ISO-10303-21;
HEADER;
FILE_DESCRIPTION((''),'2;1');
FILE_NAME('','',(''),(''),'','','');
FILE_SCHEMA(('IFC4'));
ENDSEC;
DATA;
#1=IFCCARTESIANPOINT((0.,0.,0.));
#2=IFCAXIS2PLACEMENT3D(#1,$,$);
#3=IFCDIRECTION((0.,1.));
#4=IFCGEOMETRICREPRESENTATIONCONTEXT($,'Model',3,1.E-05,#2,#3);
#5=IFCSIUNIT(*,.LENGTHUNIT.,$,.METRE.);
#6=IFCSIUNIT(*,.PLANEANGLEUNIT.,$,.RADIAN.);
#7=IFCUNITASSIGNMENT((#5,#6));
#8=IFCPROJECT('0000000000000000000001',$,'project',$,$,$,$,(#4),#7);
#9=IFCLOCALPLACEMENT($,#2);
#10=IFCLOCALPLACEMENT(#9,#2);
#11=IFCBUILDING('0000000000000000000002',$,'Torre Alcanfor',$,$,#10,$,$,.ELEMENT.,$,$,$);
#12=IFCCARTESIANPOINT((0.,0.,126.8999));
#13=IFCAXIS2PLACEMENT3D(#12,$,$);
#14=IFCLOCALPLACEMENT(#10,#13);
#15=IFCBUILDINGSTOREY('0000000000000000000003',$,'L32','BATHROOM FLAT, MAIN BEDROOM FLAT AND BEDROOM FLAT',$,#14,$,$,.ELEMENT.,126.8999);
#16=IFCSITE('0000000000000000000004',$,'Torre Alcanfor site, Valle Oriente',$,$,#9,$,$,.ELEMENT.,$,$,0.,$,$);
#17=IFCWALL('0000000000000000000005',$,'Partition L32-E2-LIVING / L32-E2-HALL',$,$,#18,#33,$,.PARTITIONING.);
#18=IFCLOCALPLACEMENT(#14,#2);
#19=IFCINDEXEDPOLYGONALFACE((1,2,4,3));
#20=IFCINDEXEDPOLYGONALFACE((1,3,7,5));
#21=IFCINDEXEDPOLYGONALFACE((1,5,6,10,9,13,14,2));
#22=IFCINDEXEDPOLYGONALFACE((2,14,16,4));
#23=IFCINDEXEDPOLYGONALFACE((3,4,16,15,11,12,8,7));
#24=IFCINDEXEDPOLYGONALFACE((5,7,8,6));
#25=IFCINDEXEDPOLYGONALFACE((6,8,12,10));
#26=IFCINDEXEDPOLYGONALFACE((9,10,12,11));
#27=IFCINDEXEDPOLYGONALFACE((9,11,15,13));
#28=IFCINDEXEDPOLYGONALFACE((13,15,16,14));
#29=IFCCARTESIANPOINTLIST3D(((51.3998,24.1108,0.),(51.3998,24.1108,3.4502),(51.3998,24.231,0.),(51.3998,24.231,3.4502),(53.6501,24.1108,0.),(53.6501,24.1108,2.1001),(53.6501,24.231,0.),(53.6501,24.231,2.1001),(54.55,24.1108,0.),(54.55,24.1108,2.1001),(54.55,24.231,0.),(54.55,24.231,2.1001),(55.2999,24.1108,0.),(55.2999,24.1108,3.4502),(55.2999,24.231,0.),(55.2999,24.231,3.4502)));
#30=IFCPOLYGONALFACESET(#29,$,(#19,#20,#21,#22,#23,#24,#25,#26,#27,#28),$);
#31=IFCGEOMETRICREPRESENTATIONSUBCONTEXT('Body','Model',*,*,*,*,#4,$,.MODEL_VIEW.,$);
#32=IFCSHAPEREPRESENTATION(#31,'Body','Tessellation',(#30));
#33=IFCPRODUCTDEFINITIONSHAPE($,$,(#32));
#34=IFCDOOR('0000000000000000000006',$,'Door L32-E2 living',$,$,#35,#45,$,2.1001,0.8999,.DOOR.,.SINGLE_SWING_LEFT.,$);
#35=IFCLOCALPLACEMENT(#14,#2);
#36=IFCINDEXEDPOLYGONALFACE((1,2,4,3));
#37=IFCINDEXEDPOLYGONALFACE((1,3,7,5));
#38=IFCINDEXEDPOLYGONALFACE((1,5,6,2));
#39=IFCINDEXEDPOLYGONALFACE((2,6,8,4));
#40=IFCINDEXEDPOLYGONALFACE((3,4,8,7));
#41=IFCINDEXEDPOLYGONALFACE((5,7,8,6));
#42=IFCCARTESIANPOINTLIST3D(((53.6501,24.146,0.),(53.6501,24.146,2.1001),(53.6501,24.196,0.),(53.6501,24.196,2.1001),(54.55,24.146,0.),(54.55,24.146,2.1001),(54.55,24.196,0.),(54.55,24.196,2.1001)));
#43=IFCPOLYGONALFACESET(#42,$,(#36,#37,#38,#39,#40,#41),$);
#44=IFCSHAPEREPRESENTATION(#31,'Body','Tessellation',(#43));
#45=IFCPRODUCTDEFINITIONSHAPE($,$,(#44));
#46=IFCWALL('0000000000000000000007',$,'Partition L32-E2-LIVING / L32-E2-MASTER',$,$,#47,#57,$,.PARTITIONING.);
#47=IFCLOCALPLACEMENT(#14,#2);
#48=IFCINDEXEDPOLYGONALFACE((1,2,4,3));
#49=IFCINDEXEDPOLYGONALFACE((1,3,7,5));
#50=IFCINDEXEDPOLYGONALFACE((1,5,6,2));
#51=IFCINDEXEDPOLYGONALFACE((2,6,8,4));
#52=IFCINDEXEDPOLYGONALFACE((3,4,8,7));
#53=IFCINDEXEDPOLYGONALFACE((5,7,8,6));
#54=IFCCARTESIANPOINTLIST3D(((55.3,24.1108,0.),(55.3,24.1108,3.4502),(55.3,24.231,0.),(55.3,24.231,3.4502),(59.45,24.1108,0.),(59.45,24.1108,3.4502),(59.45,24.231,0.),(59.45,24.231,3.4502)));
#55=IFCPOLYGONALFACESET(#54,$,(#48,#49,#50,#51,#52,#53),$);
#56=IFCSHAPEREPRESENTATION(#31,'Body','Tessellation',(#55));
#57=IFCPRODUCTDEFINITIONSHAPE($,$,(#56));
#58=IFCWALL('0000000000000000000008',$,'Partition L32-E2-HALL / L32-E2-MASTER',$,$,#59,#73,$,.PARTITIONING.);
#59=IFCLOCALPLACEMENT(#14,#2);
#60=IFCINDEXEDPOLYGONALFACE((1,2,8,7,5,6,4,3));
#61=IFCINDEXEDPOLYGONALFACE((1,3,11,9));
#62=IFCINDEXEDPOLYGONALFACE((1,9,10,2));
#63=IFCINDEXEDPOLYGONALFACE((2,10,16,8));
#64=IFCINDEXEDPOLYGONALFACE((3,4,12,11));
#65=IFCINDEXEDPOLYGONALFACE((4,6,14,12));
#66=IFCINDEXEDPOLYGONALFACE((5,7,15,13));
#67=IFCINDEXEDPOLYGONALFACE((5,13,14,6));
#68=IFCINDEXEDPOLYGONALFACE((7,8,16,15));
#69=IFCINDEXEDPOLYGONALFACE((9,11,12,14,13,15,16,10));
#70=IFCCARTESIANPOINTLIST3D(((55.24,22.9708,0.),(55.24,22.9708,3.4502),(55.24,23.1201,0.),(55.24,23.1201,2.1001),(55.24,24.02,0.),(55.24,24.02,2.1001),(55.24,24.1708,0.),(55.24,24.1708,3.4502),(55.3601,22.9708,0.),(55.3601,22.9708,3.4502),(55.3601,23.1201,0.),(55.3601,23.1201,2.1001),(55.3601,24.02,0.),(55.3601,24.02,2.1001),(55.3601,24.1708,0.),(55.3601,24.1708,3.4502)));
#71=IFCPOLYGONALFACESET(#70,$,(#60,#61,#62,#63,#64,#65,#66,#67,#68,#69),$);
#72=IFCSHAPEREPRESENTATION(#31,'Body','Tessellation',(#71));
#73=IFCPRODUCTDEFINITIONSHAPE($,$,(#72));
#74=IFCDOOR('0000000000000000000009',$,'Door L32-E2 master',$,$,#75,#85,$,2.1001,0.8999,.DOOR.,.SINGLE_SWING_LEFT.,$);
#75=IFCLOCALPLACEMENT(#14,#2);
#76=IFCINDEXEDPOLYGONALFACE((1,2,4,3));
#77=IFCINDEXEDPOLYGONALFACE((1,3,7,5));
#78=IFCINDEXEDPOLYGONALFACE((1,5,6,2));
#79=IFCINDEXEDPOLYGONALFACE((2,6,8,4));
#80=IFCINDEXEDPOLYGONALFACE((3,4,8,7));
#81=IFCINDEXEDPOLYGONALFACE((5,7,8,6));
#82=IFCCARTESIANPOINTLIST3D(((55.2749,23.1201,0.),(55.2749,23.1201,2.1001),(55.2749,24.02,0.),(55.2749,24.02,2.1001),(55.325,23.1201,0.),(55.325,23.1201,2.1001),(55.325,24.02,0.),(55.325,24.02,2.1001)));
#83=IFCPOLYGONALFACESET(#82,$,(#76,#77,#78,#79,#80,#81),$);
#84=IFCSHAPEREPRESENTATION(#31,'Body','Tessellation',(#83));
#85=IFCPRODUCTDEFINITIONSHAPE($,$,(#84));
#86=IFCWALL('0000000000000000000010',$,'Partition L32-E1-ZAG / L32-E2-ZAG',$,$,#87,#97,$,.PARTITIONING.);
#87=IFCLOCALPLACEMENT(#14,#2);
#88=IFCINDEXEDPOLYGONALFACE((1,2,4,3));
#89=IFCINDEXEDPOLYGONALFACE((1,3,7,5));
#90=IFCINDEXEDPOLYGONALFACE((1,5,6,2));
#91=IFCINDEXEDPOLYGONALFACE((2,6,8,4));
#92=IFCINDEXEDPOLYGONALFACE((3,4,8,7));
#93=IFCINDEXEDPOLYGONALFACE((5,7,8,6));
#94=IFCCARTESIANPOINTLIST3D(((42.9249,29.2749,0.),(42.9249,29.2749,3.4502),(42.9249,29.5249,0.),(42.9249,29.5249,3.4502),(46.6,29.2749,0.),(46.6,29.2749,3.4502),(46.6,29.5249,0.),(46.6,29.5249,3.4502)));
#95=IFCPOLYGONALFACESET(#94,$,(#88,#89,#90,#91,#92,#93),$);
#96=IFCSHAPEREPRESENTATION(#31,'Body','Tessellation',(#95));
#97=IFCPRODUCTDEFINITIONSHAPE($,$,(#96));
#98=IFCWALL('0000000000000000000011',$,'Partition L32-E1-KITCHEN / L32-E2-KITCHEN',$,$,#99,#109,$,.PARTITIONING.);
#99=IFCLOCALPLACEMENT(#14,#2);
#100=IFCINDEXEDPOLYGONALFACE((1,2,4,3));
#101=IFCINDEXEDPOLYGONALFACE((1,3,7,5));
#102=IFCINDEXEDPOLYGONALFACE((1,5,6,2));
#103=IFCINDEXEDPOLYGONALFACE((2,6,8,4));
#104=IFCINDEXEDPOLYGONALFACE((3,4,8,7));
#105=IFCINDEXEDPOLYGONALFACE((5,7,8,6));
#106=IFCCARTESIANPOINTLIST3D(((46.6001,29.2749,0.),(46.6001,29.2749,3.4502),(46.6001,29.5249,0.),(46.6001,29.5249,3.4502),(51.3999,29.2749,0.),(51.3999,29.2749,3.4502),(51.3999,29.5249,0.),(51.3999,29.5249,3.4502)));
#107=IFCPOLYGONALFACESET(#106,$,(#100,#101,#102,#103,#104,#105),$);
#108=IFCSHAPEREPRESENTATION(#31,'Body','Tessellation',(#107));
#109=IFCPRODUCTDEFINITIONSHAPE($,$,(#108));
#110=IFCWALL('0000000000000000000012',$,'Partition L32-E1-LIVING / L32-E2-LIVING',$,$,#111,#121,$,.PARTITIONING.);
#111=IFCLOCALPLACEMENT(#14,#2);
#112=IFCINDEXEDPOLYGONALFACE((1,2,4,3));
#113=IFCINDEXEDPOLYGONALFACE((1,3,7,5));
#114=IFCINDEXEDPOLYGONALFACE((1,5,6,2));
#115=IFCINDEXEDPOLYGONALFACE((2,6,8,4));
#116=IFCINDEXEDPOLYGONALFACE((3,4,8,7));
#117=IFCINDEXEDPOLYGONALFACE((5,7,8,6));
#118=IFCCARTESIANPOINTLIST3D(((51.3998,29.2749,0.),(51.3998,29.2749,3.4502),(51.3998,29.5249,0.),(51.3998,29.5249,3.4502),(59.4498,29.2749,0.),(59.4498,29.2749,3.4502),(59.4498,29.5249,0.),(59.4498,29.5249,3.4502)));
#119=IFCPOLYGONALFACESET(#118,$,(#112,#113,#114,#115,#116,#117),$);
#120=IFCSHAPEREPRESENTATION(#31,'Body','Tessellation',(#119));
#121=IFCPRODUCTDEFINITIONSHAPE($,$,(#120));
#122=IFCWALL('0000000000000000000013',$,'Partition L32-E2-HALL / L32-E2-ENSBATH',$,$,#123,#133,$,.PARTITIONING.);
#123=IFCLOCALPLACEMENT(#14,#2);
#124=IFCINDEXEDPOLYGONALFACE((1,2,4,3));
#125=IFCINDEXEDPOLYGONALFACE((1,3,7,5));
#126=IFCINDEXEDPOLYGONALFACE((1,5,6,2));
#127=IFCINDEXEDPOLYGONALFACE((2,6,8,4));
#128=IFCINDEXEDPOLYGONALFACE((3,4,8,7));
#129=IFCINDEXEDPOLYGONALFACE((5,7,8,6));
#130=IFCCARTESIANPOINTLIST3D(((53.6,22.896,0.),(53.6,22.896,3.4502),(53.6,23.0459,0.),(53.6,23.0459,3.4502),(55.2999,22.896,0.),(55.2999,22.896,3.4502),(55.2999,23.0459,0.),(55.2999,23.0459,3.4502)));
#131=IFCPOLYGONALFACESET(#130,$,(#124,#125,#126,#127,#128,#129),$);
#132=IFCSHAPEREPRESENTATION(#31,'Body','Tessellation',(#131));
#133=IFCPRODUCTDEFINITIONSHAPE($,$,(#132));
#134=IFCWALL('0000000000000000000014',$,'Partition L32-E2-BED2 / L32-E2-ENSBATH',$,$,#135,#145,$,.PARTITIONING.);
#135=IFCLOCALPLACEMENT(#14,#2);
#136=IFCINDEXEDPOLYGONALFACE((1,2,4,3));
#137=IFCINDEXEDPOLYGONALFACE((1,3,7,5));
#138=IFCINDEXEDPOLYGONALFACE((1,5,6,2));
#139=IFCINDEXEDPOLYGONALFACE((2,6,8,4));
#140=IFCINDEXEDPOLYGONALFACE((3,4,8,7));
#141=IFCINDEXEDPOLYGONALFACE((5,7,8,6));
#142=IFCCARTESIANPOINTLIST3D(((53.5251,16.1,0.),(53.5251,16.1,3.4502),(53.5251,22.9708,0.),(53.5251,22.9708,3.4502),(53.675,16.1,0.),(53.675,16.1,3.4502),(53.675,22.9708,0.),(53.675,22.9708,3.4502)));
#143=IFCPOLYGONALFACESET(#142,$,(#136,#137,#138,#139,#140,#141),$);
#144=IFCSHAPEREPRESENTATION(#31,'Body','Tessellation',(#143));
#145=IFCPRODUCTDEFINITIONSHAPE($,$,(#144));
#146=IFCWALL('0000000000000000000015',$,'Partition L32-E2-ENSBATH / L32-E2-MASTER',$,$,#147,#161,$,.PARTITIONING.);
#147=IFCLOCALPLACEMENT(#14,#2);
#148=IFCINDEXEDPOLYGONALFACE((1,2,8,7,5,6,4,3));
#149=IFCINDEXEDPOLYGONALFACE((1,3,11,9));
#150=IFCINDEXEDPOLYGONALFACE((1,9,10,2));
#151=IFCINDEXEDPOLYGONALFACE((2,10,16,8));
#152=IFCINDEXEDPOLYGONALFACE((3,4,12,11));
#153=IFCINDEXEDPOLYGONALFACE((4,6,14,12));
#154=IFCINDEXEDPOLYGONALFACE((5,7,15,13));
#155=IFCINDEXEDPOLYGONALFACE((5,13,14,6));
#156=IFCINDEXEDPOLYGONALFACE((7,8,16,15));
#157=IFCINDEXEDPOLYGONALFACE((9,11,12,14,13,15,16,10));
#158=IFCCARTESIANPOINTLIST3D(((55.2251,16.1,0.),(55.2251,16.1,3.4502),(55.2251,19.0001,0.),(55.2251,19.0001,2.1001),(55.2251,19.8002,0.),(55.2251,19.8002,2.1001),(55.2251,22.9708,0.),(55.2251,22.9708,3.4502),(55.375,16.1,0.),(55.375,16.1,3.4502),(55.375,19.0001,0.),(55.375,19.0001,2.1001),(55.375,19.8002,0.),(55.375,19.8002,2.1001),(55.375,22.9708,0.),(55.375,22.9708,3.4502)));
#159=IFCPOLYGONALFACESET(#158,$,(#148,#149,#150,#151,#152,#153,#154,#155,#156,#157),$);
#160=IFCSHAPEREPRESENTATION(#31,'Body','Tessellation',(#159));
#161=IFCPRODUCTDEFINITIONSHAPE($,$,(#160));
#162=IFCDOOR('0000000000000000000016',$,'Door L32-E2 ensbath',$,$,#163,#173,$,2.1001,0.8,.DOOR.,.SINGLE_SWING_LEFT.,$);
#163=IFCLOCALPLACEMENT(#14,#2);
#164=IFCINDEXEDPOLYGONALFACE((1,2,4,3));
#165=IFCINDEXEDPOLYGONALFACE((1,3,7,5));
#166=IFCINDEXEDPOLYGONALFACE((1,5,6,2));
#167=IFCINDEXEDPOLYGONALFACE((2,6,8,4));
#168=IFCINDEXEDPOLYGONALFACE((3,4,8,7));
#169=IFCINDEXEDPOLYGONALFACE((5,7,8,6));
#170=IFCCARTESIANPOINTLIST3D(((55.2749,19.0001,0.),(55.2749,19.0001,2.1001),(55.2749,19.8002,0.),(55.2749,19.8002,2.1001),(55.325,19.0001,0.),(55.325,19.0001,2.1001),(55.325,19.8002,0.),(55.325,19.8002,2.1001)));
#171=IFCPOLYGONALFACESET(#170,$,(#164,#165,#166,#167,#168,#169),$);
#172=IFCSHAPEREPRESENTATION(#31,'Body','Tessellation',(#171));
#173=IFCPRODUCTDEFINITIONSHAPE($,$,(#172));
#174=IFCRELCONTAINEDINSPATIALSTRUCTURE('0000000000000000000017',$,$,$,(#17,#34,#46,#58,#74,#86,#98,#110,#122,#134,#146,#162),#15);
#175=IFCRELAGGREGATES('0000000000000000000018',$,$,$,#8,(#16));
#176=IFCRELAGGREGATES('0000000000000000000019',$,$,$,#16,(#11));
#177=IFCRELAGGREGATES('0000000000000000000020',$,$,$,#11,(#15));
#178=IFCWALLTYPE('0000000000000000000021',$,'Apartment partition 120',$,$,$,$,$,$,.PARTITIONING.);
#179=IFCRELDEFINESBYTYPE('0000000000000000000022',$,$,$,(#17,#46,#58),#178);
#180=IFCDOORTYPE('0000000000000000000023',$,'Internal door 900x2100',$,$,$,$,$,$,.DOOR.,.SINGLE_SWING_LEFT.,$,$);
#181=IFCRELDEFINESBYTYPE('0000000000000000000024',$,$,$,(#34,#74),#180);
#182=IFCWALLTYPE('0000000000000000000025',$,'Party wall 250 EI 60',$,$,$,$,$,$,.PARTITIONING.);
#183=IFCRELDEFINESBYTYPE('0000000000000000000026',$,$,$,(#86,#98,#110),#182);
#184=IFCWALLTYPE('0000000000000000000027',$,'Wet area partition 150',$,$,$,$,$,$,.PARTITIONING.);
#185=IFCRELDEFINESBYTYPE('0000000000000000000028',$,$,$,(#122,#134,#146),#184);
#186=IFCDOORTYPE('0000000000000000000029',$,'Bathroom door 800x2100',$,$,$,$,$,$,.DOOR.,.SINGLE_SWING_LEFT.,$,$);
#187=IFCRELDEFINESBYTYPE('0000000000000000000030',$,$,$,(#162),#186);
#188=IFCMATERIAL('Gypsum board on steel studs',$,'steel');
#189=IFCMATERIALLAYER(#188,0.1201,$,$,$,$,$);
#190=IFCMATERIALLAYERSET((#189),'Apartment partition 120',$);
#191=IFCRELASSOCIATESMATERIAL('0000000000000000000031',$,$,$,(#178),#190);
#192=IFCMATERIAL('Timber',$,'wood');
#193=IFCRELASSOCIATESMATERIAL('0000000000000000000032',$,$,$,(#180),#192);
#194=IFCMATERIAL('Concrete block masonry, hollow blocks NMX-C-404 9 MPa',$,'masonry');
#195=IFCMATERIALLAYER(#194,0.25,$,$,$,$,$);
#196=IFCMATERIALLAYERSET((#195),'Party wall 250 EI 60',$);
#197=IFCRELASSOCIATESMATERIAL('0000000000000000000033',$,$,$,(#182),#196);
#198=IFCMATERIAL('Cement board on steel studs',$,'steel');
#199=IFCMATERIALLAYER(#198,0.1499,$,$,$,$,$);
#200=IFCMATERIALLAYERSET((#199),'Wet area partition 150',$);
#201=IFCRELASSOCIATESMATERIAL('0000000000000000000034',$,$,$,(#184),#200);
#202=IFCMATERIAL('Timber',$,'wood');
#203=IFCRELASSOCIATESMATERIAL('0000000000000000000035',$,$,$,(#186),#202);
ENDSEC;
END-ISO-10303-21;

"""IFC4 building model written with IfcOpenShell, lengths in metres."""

from ifc_helpers import new_model, si_unit, direction, frame, frame_2d, origin, place, context, subcontext, project, spatial, rectangle, extrude, material, layer, layer_set, type_object, element, fill, save


model = new_model("IFC4")

# Units and contexts
model_context = context("Model", 3, precision=1e-05, world=origin(), true_north=direction((0.0, 1.0)))
body_context = subcontext(model_context, "Body", "Model", "MODEL_VIEW")
ifc_project = project(units=[si_unit("LENGTHUNIT", "METRE"), si_unit("PLANEANGLEUNIT", "RADIAN")], contexts=[model_context])

# Site, building, storey
site_placement = place(None, origin())
site = spatial("IfcSite", under=ifc_project, at=site_placement, Name="Torre Alcanfor site, Valle Oriente", CompositionType="ELEMENT", RefElevation=0.0)
building_placement = place(site_placement, origin())
building = spatial("IfcBuilding", under=site, at=building_placement, Name="Torre Alcanfor", CompositionType="ELEMENT")
storey_placement = place(building_placement, frame((0.0, 0.0, 126.8999)))
storey = spatial("IfcBuildingStorey", under=building, at=storey_placement, Name="L32", Description="BATHROOM FLAT, MAIN BEDROOM FLAT AND BEDROOM FLAT", CompositionType="ELEMENT", Elevation=126.8999)

# Shared definitions
ifc_material_1 = material(Name="Gypsum board on steel studs", Category="steel")
ifc_layer_1 = layer(ifc_material_1, 0.1201)
ifc_layer_set_1 = layer_set([ifc_layer_1], Name="Apartment partition 120")
wall_type_1 = type_object("IfcWallType", Name="Apartment partition 120", PredefinedType="PARTITIONING", material=ifc_layer_set_1)
ifc_material_2 = material(Name="Timber", Category="wood")
door_type_1 = type_object("IfcDoorType", Name="Internal door 900x2100", OperationType="SINGLE_SWING_LEFT", PredefinedType="DOOR", material=ifc_material_2)

# Wall, opening, door
wall_1_placement = place(storey_placement, frame((55.3, 24.1709, 0.0), z_axis=(0.0, 0.0, 1.0), x_axis=(-1.0, 0.0, 0.0)))
wall_1 = element("IfcWall", 1, at=wall_1_placement, inside=storey, type_object=wall_type_1, Name="Partition L32-E2-LIVING / L32-E2-HALL", PredefinedType="PARTITIONING", context=body_context, shape_type="SweptSolid", body=[
    extrude(rectangle(XDim=3.9001, YDim=0.1201, at=frame_2d((1.9502, 0.0))), origin(), (0.0, 0.0, 1.0), 3.4502),
])
opening_1_placement = place(wall_1_placement, frame((0.75, 0.0, 0.0)))
opening_1 = element("IfcOpeningElement", 2, at=opening_1_placement, cuts=wall_1, PredefinedType="OPENING", context=body_context, shape_type="SweptSolid", body=[
    extrude(rectangle(XDim=0.8999, YDim=2.1001, at=frame_2d((0.45, 1.05))), frame((0.0, 0.0701, 0.0), z_axis=(0.0, -1.0, 0.0), x_axis=(1.0, 0.0, 0.0)), (0.0, 0.0, 1.0), 0.1401),
])
door_1_placement = place(opening_1_placement, frame((0.8999, 0.0, 0.0), z_axis=(0.0, 0.0, 1.0), x_axis=(-1.0, 0.0, 0.0)))
door_1 = element("IfcDoor", 3, at=door_1_placement, inside=storey, type_object=door_type_1, Name="Door L32-E2 living", OperationType="SINGLE_SWING_LEFT", OverallHeight=2.1001, OverallWidth=0.8999, PredefinedType="DOOR", context=body_context, shape_type="SweptSolid", body=[
    extrude(rectangle(XDim=0.8999, YDim=2.1001, at=frame_2d((0.45, 1.05))), frame((0.0, 0.0251, 0.0), z_axis=(0.0, -1.0, 0.0), x_axis=(1.0, 0.0, 0.0)), (0.0, 0.0, 1.0), 0.05),
])
fill(opening_1, door_1)

# Wall
wall_2_placement = place(storey_placement, frame((59.45, 24.1709, 0.0), z_axis=(0.0, 0.0, 1.0), x_axis=(-1.0, 0.0, 0.0)))
element("IfcWall", 4, at=wall_2_placement, inside=storey, type_object=wall_type_1, Name="Partition L32-E2-LIVING / L32-E2-MASTER", PredefinedType="PARTITIONING", context=body_context, shape_type="SweptSolid", body=[
    extrude(rectangle(XDim=4.1499, YDim=0.1201, at=frame_2d((2.075, 0.0))), origin(), (0.0, 0.0, 1.0), 3.4502),
])

# Wall, opening, door
wall_3_placement = place(storey_placement, frame((55.3, 24.1709, 0.0), z_axis=(0.0, 0.0, 1.0), x_axis=(0.0, -1.0, 0.0)))
wall_3 = element("IfcWall", 5, at=wall_3_placement, inside=storey, type_object=wall_type_1, Name="Partition L32-E2-HALL / L32-E2-MASTER", PredefinedType="PARTITIONING", context=body_context, shape_type="SweptSolid", body=[
    extrude(rectangle(XDim=1.2, YDim=0.1201, at=frame_2d((0.6001, 0.0))), origin(), (0.0, 0.0, 1.0), 3.4502),
])
opening_2_placement = place(wall_3_placement, frame((0.1509, 0.0, 0.0)))
opening_2 = element("IfcOpeningElement", 6, at=opening_2_placement, cuts=wall_3, PredefinedType="OPENING", context=body_context, shape_type="SweptSolid", body=[
    extrude(rectangle(XDim=0.8999, YDim=2.1001, at=frame_2d((0.45, 1.05))), frame((0.0, 0.0701, 0.0), z_axis=(0.0, -1.0, 0.0), x_axis=(1.0, 0.0, 0.0)), (0.0, 0.0, 1.0), 0.1401),
])
door_2_placement = place(opening_2_placement, origin())
door_2 = element("IfcDoor", 7, at=door_2_placement, inside=storey, type_object=door_type_1, Name="Door L32-E2 master", OperationType="SINGLE_SWING_LEFT", OverallHeight=2.1001, OverallWidth=0.8999, PredefinedType="DOOR", context=body_context, shape_type="SweptSolid", body=[
    extrude(rectangle(XDim=0.8999, YDim=2.1001, at=frame_2d((0.45, 1.05))), frame((0.0, 0.0249, 0.0), z_axis=(0.0, -1.0, 0.0), x_axis=(1.0, 0.0, 0.0)), (0.0, 0.0, 1.0), 0.05),
])
fill(opening_2, door_2)

# Walls
ifc_material_3 = material(Name="Concrete block masonry, hollow blocks NMX-C-404 9 MPa", Category="masonry")
ifc_layer_2 = layer(ifc_material_3, 0.25)
ifc_layer_set_2 = layer_set([ifc_layer_2], Name="Party wall 250 EI 60")
wall_type_2 = type_object("IfcWallType", Name="Party wall 250 EI 60", PredefinedType="PARTITIONING", material=ifc_layer_set_2)
wall_4_placement = place(storey_placement, frame((42.925, 29.3999, 0.0), z_axis=(0.0, 0.0, 1.0), x_axis=(1.0, 0.0, 0.0)))
element("IfcWall", 8, at=wall_4_placement, inside=storey, type_object=wall_type_2, Name="Partition L32-E1-ZAG / L32-E2-ZAG", PredefinedType="PARTITIONING", context=body_context, shape_type="SweptSolid", body=[
    extrude(rectangle(XDim=3.675, YDim=0.25, at=frame_2d((1.8374, 0.0))), origin(), (0.0, 0.0, 1.0), 3.4502),
])
wall_5_placement = place(storey_placement, frame((46.6001, 29.3999, 0.0), z_axis=(0.0, 0.0, 1.0), x_axis=(1.0, 0.0, 0.0)))
element("IfcWall", 9, at=wall_5_placement, inside=storey, type_object=wall_type_2, Name="Partition L32-E1-KITCHEN / L32-E2-KITCHEN", PredefinedType="PARTITIONING", context=body_context, shape_type="SweptSolid", body=[
    extrude(rectangle(XDim=4.7998, YDim=0.25, at=frame_2d((2.3999, 0.0))), origin(), (0.0, 0.0, 1.0), 3.4502),
])
wall_6_placement = place(storey_placement, frame((51.3999, 29.3999, 0.0), z_axis=(0.0, 0.0, 1.0), x_axis=(1.0, 0.0, 0.0)))
element("IfcWall", 10, at=wall_6_placement, inside=storey, type_object=wall_type_2, Name="Partition L32-E1-LIVING / L32-E2-LIVING", PredefinedType="PARTITIONING", context=body_context, shape_type="SweptSolid", body=[
    extrude(rectangle(XDim=8.05, YDim=0.25, at=frame_2d((4.0249, 0.0))), origin(), (0.0, 0.0, 1.0), 3.4502),
])
ifc_material_4 = material(Name="Cement board on steel studs", Category="steel")
ifc_layer_3 = layer(ifc_material_4, 0.1499)
ifc_layer_set_3 = layer_set([ifc_layer_3], Name="Wet area partition 150")
wall_type_3 = type_object("IfcWallType", Name="Wet area partition 150", PredefinedType="PARTITIONING", material=ifc_layer_set_3)
wall_7_placement = place(storey_placement, frame((55.3, 22.9709, 0.0), z_axis=(0.0, 0.0, 1.0), x_axis=(-1.0, 0.0, 0.0)))
element("IfcWall", 11, at=wall_7_placement, inside=storey, type_object=wall_type_3, Name="Partition L32-E2-HALL / L32-E2-ENSBATH", PredefinedType="PARTITIONING", context=body_context, shape_type="SweptSolid", body=[
    extrude(rectangle(XDim=1.7, YDim=0.1499, at=frame_2d((0.8501, 0.0))), origin(), (0.0, 0.0, 1.0), 3.4502),
])
wall_8_placement = place(storey_placement, frame((53.6001, 22.9709, 0.0), z_axis=(0.0, 0.0, 1.0), x_axis=(0.0, -1.0, 0.0)))
element("IfcWall", 12, at=wall_8_placement, inside=storey, type_object=wall_type_3, Name="Partition L32-E2-BED2 / L32-E2-ENSBATH", PredefinedType="PARTITIONING", context=body_context, shape_type="SweptSolid", body=[
    extrude(rectangle(XDim=6.8708, YDim=0.1499, at=frame_2d((3.4355, 0.0))), origin(), (0.0, 0.0, 1.0), 3.4502),
])

# Wall, opening, door
wall_9_placement = place(storey_placement, frame((55.3, 22.9709, 0.0), z_axis=(0.0, 0.0, 1.0), x_axis=(0.0, -1.0, 0.0)))
wall_9 = element("IfcWall", 13, at=wall_9_placement, inside=storey, type_object=wall_type_3, Name="Partition L32-E2-ENSBATH / L32-E2-MASTER", PredefinedType="PARTITIONING", context=body_context, shape_type="SweptSolid", body=[
    extrude(rectangle(XDim=6.8708, YDim=0.1499, at=frame_2d((3.4355, 0.0))), origin(), (0.0, 0.0, 1.0), 3.4502),
])
opening_3_placement = place(wall_9_placement, frame((3.1709, 0.0, 0.0)))
opening_3 = element("IfcOpeningElement", 14, at=opening_3_placement, cuts=wall_9, PredefinedType="OPENING", context=body_context, shape_type="SweptSolid", body=[
    extrude(rectangle(XDim=0.8, YDim=2.1001, at=frame_2d((0.3999, 1.05))), frame((0.0, 0.085, 0.0), z_axis=(0.0, -1.0, 0.0), x_axis=(1.0, 0.0, 0.0)), (0.0, 0.0, 1.0), 0.1699),
])
ifc_material_5 = material(Name="Timber", Category="wood")
door_type_2 = type_object("IfcDoorType", Name="Bathroom door 800x2100", OperationType="SINGLE_SWING_LEFT", PredefinedType="DOOR", material=ifc_material_5)
door_3_placement = place(opening_3_placement, frame((0.8, 0.0, 0.0), z_axis=(0.0, 0.0, 1.0), x_axis=(-1.0, 0.0, 0.0)))
door_3 = element("IfcDoor", 15, at=door_3_placement, inside=storey, type_object=door_type_2, Name="Door L32-E2 ensbath", OperationType="SINGLE_SWING_LEFT", OverallHeight=2.1001, OverallWidth=0.8, PredefinedType="DOOR", context=body_context, shape_type="SweptSolid", body=[
    extrude(rectangle(XDim=0.8, YDim=2.1001, at=frame_2d((0.4001, 1.05))), frame((0.0, 0.0251, 0.0), z_axis=(0.0, -1.0, 0.0), x_axis=(1.0, 0.0, 0.0)), (0.0, 0.0, 1.0), 0.05),
])
fill(opening_3, door_3)

save(model, "model.ifc")
